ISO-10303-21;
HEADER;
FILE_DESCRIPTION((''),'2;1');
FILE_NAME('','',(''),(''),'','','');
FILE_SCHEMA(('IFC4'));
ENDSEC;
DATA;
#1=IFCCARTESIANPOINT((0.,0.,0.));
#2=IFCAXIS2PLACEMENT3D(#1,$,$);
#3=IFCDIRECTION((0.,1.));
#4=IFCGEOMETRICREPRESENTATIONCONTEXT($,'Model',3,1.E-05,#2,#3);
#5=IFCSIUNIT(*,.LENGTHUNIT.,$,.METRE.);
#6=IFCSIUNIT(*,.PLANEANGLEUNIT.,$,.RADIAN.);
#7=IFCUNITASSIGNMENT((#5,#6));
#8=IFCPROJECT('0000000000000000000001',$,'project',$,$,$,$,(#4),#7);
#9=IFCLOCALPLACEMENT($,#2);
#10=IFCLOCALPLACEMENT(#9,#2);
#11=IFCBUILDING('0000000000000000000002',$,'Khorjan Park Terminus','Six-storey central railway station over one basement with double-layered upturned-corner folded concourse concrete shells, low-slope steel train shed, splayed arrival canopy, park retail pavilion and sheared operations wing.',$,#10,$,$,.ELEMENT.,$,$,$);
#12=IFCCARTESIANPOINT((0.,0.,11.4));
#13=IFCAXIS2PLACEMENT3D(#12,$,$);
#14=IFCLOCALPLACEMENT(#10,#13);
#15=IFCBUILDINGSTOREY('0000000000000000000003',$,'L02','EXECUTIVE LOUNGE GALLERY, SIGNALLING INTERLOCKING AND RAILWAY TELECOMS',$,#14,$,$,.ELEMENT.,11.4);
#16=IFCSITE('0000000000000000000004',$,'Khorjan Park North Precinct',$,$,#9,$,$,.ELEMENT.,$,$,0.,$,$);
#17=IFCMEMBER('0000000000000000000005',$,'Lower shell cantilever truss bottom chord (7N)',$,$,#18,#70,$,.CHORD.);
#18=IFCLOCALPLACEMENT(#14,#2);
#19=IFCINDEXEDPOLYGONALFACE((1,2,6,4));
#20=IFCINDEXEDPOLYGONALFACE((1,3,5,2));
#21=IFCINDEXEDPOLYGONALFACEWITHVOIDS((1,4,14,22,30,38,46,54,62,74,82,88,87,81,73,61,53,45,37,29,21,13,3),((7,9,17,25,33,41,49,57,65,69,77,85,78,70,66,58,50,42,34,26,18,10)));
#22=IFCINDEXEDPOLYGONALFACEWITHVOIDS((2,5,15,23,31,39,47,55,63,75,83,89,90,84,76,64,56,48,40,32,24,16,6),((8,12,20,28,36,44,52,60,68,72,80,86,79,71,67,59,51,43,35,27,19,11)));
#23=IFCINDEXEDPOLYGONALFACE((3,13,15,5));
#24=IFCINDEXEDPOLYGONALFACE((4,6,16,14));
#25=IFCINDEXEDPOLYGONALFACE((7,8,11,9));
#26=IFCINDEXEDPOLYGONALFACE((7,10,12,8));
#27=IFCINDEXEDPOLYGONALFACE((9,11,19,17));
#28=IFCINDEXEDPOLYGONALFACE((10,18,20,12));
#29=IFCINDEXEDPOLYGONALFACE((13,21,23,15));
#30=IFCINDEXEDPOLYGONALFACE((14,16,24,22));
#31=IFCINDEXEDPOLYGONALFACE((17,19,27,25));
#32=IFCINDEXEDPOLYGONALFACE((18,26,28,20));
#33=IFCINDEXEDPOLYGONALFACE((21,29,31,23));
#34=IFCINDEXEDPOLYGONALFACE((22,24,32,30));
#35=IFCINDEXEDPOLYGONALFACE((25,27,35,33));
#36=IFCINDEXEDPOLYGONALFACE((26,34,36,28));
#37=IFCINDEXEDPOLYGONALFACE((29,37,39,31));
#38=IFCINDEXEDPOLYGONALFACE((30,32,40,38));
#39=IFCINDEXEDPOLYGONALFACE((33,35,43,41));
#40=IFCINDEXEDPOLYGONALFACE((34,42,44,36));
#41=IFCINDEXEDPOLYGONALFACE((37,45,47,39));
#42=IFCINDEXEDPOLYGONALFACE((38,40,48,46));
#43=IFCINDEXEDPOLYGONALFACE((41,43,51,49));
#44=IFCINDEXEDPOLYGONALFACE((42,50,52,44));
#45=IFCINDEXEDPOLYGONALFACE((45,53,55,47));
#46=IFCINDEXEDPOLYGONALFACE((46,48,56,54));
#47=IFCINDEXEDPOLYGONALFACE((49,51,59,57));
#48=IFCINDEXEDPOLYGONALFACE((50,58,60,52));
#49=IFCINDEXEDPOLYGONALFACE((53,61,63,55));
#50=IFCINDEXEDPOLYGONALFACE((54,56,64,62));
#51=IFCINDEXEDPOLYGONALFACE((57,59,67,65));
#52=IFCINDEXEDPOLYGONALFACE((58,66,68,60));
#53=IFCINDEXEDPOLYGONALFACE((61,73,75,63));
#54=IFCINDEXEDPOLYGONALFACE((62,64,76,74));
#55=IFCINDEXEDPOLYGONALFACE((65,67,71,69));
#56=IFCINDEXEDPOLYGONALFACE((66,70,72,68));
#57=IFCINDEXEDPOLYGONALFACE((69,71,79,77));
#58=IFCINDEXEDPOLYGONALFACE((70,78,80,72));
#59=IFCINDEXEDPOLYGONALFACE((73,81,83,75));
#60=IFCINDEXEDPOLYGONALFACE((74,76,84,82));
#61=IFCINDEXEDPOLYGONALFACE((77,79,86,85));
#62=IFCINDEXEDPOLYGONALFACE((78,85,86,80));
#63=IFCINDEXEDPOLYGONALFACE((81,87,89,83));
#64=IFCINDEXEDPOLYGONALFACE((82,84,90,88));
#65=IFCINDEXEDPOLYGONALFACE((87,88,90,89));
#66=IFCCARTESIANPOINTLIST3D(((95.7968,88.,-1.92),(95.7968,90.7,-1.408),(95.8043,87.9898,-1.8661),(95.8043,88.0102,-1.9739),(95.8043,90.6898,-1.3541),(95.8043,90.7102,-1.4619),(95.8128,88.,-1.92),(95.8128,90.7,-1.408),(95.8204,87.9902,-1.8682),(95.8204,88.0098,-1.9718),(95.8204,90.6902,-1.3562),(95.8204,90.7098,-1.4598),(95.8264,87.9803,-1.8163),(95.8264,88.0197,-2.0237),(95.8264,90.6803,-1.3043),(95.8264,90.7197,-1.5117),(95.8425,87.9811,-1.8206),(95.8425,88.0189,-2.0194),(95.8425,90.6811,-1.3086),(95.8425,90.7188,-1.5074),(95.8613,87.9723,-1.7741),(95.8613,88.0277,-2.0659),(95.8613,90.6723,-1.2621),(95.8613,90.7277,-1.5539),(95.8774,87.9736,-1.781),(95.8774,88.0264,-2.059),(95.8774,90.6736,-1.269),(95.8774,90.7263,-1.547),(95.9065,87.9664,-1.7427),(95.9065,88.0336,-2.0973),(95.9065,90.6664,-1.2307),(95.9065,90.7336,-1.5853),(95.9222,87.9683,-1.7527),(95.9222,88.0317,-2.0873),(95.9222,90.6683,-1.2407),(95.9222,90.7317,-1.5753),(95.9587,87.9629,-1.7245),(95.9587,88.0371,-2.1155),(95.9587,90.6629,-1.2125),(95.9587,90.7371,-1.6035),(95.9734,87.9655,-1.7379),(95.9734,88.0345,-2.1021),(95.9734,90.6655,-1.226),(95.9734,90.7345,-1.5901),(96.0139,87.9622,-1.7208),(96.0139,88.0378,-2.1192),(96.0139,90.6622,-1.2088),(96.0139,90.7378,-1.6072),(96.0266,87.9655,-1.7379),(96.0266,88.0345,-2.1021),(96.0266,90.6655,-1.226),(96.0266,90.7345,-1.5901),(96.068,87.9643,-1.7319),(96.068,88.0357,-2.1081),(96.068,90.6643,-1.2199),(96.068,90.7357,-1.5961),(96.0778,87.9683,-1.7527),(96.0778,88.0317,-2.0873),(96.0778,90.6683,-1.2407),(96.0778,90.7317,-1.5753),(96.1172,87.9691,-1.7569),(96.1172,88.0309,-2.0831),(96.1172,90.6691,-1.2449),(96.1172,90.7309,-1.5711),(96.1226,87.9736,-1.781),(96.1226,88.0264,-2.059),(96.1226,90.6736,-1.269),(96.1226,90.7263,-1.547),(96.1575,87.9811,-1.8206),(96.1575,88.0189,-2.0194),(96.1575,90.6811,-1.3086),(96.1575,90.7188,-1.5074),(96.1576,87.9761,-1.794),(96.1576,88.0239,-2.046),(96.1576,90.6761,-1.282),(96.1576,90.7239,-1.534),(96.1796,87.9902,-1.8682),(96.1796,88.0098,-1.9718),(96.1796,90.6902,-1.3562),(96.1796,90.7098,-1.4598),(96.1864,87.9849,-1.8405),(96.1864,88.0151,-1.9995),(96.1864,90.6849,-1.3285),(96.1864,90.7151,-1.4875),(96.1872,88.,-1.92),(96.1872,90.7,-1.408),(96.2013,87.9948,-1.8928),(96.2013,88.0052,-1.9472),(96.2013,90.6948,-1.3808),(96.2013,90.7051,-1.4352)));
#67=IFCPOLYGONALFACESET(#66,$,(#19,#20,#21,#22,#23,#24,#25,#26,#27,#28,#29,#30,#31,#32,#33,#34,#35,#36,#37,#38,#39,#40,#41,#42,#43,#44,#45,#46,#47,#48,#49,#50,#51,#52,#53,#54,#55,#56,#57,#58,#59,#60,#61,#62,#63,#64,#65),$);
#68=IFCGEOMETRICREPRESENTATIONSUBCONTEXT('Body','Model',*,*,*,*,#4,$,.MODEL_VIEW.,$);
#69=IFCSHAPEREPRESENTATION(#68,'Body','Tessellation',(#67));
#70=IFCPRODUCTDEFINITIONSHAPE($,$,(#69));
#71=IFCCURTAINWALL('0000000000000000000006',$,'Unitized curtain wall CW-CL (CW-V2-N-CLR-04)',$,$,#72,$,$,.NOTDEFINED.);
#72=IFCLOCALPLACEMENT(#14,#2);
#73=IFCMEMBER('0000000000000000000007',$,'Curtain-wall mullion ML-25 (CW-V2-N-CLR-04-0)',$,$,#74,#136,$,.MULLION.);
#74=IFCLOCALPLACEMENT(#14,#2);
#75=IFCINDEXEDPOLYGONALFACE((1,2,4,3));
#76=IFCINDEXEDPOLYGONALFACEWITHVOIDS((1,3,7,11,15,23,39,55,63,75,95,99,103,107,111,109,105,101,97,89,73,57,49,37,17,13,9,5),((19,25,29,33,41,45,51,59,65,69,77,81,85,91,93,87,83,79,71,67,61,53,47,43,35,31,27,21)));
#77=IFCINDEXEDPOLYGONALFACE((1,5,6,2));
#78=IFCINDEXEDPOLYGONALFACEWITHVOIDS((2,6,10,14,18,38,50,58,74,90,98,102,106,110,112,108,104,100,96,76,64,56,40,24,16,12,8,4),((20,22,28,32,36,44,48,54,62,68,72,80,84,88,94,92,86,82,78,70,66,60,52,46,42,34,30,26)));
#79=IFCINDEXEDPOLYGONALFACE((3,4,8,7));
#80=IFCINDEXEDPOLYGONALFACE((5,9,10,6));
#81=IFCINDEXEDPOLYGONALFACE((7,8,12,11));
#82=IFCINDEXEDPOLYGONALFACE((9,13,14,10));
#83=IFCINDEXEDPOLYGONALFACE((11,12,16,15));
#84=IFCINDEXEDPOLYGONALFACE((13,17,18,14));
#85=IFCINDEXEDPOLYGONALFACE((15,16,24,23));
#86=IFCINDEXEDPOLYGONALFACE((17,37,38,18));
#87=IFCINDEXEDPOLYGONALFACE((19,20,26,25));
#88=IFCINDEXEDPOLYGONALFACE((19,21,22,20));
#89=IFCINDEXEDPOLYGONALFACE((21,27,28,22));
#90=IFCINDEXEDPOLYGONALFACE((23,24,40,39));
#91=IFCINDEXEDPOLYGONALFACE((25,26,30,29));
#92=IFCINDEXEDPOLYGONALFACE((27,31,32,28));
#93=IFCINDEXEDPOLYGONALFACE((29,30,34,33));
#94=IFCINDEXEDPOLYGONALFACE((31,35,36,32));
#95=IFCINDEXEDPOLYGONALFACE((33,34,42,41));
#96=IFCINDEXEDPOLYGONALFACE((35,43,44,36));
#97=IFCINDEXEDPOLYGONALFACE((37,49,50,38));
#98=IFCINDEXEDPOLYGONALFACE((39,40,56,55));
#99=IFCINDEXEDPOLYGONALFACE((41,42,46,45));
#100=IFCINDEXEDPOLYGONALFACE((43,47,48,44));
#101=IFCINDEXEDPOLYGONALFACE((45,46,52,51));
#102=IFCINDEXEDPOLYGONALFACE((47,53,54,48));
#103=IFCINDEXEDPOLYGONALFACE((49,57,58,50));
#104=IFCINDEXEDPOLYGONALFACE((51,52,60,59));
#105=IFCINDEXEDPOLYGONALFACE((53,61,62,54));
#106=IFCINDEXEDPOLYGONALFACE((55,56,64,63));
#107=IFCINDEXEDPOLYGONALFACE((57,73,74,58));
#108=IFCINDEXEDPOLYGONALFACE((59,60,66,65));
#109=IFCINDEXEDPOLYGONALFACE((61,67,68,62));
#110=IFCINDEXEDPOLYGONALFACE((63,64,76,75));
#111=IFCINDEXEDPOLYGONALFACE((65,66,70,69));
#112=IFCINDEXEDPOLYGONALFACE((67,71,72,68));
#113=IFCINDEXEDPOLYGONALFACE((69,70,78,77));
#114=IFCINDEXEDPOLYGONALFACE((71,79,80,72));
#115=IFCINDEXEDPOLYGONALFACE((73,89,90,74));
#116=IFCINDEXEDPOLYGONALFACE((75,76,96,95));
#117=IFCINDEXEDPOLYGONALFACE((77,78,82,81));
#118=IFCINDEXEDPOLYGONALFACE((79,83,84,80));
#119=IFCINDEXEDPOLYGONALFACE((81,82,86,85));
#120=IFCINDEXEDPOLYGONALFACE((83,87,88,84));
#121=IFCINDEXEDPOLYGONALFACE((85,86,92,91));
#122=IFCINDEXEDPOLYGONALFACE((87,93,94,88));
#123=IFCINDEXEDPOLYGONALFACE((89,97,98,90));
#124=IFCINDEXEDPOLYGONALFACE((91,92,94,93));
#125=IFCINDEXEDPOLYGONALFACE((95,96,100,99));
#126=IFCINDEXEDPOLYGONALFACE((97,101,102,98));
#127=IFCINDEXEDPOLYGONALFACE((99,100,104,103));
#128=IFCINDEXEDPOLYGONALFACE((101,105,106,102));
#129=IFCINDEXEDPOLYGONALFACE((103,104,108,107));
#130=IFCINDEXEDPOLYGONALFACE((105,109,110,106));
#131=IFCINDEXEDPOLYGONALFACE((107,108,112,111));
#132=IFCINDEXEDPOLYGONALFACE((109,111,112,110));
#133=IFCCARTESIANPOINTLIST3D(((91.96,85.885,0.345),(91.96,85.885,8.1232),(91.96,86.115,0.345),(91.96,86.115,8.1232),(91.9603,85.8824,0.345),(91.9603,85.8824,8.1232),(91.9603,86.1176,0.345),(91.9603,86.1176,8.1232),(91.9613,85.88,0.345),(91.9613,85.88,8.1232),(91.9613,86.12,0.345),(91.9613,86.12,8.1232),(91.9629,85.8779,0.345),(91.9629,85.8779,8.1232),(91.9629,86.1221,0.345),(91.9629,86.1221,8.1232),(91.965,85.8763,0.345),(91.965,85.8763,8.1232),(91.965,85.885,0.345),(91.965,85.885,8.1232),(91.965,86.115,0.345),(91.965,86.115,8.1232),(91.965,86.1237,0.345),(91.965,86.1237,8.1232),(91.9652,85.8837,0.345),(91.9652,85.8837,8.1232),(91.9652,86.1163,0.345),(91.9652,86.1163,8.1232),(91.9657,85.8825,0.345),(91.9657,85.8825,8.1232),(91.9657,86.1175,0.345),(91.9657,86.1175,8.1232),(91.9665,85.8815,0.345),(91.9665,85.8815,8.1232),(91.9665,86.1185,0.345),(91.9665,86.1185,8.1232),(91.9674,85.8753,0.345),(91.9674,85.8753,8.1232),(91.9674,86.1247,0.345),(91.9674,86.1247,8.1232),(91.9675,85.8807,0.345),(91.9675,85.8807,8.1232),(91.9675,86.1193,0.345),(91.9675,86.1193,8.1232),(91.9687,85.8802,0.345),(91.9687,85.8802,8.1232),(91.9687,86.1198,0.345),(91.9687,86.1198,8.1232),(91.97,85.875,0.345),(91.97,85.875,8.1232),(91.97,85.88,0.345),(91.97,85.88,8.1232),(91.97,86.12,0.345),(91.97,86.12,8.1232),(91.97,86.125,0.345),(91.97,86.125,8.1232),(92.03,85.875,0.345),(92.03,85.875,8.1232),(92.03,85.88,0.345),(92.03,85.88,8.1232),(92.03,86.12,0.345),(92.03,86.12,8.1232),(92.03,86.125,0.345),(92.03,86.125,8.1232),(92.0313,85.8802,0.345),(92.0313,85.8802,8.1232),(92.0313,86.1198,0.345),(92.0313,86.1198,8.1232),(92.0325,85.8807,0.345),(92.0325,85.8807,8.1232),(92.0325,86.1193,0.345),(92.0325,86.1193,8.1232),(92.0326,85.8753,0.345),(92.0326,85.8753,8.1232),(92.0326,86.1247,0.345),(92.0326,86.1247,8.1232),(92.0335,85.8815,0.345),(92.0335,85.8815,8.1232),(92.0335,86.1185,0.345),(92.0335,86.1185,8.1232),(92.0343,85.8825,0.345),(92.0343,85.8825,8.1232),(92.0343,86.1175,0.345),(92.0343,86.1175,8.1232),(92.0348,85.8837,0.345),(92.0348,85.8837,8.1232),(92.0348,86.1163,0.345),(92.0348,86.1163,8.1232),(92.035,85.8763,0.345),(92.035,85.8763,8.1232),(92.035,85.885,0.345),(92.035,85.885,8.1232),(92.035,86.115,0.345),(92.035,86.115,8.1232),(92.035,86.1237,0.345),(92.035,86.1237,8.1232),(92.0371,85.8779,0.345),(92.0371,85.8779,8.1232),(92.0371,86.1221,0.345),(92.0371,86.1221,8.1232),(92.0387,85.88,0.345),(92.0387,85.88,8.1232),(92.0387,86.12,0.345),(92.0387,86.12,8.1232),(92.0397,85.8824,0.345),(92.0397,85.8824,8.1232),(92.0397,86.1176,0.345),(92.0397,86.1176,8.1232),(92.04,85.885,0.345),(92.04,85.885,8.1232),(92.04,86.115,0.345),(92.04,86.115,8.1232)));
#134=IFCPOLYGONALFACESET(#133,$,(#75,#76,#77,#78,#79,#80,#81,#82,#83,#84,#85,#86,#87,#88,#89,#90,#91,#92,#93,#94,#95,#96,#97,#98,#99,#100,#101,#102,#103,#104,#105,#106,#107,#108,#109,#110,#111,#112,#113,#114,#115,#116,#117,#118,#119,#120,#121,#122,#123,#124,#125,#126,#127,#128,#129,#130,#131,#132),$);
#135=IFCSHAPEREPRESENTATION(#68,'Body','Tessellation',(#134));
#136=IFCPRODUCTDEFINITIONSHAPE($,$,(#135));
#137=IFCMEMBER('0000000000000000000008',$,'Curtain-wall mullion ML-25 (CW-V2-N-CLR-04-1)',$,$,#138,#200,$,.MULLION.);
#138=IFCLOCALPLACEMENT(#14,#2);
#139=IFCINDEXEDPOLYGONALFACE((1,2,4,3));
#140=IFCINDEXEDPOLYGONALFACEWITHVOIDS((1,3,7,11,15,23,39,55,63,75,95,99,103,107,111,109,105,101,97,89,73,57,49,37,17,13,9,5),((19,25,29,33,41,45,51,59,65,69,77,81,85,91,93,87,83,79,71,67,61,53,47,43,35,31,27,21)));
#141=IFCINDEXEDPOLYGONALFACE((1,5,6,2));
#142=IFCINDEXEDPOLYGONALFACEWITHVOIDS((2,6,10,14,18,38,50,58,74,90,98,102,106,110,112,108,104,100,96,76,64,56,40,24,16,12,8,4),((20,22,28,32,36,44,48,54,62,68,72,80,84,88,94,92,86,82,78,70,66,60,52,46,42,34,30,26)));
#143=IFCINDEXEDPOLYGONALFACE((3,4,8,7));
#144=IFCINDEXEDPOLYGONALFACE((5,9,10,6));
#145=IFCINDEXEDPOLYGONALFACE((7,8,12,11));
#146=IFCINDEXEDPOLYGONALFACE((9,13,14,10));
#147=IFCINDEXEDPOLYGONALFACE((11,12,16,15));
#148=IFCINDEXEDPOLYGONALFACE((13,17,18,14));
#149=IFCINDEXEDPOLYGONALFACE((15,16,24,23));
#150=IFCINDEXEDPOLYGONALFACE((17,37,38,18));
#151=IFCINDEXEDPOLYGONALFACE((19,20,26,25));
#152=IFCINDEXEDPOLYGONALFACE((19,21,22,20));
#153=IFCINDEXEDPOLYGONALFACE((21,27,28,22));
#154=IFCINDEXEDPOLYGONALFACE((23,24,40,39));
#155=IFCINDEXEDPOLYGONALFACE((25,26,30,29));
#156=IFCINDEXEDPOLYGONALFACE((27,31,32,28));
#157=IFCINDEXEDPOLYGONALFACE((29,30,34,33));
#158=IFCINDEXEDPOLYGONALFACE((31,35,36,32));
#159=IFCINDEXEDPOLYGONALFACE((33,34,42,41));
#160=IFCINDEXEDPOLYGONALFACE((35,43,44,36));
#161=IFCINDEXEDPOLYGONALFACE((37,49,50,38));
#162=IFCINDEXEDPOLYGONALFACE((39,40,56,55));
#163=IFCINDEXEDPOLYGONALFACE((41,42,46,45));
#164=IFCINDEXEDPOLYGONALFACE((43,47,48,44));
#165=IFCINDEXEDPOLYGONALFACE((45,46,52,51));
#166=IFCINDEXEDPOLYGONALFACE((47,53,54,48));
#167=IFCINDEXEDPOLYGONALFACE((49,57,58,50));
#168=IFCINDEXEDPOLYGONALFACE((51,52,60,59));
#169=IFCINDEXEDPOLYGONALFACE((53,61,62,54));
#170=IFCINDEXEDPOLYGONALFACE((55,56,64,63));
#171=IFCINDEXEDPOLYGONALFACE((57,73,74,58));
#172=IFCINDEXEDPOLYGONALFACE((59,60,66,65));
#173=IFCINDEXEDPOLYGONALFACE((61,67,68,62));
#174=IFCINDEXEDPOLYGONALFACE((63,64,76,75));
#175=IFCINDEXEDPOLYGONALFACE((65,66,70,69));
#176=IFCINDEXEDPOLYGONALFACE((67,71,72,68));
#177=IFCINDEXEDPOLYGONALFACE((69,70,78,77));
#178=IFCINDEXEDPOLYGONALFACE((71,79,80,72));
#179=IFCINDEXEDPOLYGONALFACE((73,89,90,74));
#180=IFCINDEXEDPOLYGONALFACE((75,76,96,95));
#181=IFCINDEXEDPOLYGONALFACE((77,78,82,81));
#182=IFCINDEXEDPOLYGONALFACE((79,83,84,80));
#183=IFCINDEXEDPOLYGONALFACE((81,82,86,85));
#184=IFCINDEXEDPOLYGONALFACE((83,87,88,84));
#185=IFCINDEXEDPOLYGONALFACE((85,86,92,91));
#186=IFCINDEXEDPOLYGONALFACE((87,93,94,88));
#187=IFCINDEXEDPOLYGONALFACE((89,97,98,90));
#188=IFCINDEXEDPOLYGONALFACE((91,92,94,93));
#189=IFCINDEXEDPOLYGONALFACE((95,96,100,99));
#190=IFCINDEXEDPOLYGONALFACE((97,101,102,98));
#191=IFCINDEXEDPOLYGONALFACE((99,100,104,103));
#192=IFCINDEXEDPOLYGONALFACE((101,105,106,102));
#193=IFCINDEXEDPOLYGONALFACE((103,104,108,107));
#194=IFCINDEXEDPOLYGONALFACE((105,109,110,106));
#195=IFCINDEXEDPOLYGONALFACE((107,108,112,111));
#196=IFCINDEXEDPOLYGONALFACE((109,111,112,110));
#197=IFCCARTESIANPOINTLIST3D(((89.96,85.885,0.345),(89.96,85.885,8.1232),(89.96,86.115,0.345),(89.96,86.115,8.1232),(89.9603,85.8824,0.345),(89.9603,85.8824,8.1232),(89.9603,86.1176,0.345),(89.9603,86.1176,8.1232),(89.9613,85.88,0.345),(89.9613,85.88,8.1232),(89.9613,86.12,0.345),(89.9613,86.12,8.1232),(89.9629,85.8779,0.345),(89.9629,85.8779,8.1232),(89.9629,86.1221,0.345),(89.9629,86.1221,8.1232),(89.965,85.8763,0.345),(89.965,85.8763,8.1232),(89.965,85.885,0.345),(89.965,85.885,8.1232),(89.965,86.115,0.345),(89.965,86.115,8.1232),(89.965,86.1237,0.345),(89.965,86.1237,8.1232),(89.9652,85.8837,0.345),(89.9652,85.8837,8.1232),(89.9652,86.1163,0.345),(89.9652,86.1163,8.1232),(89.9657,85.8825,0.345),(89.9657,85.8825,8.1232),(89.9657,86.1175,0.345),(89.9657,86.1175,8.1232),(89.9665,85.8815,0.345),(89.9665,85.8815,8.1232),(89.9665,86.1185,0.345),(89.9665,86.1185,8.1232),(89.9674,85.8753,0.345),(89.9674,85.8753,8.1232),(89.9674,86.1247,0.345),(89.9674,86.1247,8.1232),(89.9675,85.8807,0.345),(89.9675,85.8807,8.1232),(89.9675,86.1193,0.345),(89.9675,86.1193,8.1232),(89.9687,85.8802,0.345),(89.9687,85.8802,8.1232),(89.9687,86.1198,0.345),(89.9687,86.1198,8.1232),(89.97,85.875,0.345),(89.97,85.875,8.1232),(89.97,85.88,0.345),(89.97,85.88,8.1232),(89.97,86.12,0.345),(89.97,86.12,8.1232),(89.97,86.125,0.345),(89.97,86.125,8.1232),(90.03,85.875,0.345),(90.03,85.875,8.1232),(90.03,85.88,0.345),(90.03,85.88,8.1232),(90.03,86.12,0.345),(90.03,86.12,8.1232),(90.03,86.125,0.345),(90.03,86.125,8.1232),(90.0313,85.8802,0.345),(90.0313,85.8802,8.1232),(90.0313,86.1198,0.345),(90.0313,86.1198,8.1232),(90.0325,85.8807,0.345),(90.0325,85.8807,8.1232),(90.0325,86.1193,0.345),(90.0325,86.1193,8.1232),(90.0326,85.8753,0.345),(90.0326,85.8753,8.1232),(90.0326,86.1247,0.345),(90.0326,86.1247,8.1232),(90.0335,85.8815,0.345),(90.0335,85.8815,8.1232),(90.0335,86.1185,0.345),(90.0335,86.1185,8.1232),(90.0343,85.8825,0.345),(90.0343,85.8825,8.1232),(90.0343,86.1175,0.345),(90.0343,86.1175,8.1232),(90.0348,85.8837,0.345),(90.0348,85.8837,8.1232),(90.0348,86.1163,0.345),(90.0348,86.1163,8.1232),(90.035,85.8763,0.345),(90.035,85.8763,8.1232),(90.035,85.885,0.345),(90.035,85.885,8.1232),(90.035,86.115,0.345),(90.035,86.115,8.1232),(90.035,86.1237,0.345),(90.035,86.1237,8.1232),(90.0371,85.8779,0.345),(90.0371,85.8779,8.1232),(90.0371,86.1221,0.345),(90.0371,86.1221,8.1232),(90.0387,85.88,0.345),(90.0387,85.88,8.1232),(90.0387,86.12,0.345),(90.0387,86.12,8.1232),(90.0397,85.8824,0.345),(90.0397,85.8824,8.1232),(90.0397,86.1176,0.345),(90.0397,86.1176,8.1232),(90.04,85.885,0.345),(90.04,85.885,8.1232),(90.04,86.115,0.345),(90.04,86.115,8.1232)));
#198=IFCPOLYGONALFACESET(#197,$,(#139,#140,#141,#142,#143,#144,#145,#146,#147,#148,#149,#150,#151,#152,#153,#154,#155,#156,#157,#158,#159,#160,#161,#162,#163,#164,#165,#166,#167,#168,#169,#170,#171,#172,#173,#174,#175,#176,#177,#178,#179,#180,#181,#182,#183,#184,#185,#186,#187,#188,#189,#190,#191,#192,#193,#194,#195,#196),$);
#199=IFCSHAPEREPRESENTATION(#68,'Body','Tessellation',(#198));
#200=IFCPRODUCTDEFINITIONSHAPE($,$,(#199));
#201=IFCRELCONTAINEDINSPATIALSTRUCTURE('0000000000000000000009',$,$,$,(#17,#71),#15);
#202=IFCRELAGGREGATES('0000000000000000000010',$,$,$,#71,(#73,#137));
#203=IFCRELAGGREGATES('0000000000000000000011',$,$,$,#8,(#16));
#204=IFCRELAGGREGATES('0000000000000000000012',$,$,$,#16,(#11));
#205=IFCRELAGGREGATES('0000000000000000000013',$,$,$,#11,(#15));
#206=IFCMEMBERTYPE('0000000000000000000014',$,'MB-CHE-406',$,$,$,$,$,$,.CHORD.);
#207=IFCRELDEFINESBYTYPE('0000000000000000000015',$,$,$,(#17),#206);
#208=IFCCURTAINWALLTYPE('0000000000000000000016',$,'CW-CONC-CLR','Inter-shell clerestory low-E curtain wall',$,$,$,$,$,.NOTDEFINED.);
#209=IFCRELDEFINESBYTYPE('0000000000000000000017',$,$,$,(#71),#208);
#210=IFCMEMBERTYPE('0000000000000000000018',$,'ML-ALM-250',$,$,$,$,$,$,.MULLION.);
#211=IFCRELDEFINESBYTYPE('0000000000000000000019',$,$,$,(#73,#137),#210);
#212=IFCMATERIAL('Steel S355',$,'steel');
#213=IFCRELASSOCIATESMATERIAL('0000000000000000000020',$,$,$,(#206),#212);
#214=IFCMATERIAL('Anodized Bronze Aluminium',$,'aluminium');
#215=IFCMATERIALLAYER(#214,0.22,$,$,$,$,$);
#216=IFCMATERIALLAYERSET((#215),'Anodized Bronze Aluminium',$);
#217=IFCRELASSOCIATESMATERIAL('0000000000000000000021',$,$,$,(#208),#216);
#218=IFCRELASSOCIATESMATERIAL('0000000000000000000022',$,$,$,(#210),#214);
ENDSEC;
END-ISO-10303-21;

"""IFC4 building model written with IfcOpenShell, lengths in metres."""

from ifc_helpers import new_model, si_unit, direction, frame, origin, origin_2d, place, context, subcontext, project, spatial, hollow_rectangle, hollow_circle, extrude, material, layer, layer_set, material_profile, profile_set, type_object, element, aggregate, save


model = new_model("IFC4")

# Units and contexts
model_context = context("Model", 3, precision=1e-05, world=origin(), true_north=direction((0.0, 1.0)))
body_context = subcontext(model_context, "Body", "Model", "MODEL_VIEW")
ifc_project = project(units=[si_unit("LENGTHUNIT", "METRE"), si_unit("PLANEANGLEUNIT", "RADIAN")], contexts=[model_context])

# Site, building, storey
site_placement = place(None, origin())
site = spatial("IfcSite", under=ifc_project, at=site_placement, Name="Khorjan Park North Precinct", CompositionType="ELEMENT", RefElevation=0.0)
building_placement = place(site_placement, origin())
building = spatial("IfcBuilding", under=site, at=building_placement, Name="Khorjan Park Terminus", Description="Six-storey central railway station over one basement with double-layered upturned-corner folded concourse concrete shells, low-slope steel train shed, splayed arrival canopy, park retail pavilion and sheared operations wing.", CompositionType="ELEMENT")
storey_placement = place(building_placement, frame((0.0, 0.0, 11.4)))
storey = spatial("IfcBuildingStorey", under=building, at=storey_placement, Name="L02", Description="EXECUTIVE LOUNGE GALLERY, SIGNALLING INTERLOCKING AND RAILWAY TELECOMS", CompositionType="ELEMENT", Elevation=11.4)

# Member
ifc_material_1 = material(Name="Steel S355", Category="steel")
ifc_material_profile_1 = material_profile(ifc_material_1, hollow_circle(Radius=0.2032, WallThickness=0.016, at=origin_2d()), Name="CHS 406.4x16")
ifc_profile_set_1 = profile_set([ifc_material_profile_1], Name="Steel S355")
member_type_1 = type_object("IfcMemberType", Name="MB-CHE-406", PredefinedType="CHORD", material=ifc_profile_set_1)
member_1_placement = place(storey_placement, frame((96.0, 88.0, -1.92), z_axis=(0.0, 0.982491, 0.186309), x_axis=(-1.0, 0.0, 0.0)))
element("IfcMember", 1, at=member_1_placement, inside=storey, type_object=member_type_1, Name="Lower shell cantilever truss bottom chord (7N)", PredefinedType="CHORD", context=body_context, shape_type="SweptSolid", body=[
    extrude(hollow_circle(Radius=0.2032, WallThickness=0.016, at=origin_2d()), origin(), (0.0, 0.0, 1.0), 2.7481),
])

# Curtain wall, members
ifc_material_2 = material(Name="Anodized Bronze Aluminium", Category="aluminium")
ifc_layer_1 = layer(ifc_material_2, 0.22)
ifc_layer_set_1 = layer_set([ifc_layer_1], Name="Anodized Bronze Aluminium")
curtain_wall_type = type_object("IfcCurtainWallType", Name="CW-CONC-CLR", Description="Inter-shell clerestory low-E curtain wall", PredefinedType="NOTDEFINED", material=ifc_layer_set_1)
curtain_wall_1_placement = place(storey_placement, origin())
curtain_wall_1 = element("IfcCurtainWall", 2, at=curtain_wall_1_placement, inside=storey, type_object=curtain_wall_type, Name="Unitized curtain wall CW-CL (CW-V2-N-CLR-04)", PredefinedType="NOTDEFINED")
ifc_material_profile_2 = material_profile(ifc_material_2, hollow_rectangle(XDim=0.08, YDim=0.25, WallThickness=0.005, InnerFilletRadius=0.005, OuterFilletRadius=0.01, at=origin_2d()), Name="ALM 80x250x5")
ifc_profile_set_2 = profile_set([ifc_material_profile_2], Name="Anodized Bronze Aluminium")
member_type_2 = type_object("IfcMemberType", Name="ML-ALM-250", PredefinedType="MULLION", material=ifc_profile_set_2)
member_2_placement = place(storey_placement, frame((92.0, 86.0, 0.345), z_axis=(0.0, 0.0, 1.0), x_axis=(-1.0, 0.0, 0.0)))
member_2 = element("IfcMember", 3, at=member_2_placement, type_object=member_type_2, Name="Curtain-wall mullion ML-25 (CW-V2-N-CLR-04-0)", PredefinedType="MULLION", context=body_context, shape_type="SweptSolid", body=[
    extrude(hollow_rectangle(XDim=0.08, YDim=0.25, WallThickness=0.005, InnerFilletRadius=0.005, OuterFilletRadius=0.01, at=origin_2d()), origin(), (0.0, 0.0, 1.0), 7.7782),
])
member_3_placement = place(storey_placement, frame((90.0, 86.0, 0.345), z_axis=(0.0, 0.0, 1.0), x_axis=(-1.0, 0.0, 0.0)))
member_3 = element("IfcMember", 4, at=member_3_placement, type_object=member_type_2, Name="Curtain-wall mullion ML-25 (CW-V2-N-CLR-04-1)", PredefinedType="MULLION", context=body_context, shape_type="SweptSolid", body=[
    extrude(hollow_rectangle(XDim=0.08, YDim=0.25, WallThickness=0.005, InnerFilletRadius=0.005, OuterFilletRadius=0.01, at=origin_2d()), origin(), (0.0, 0.0, 1.0), 7.7782),
])

aggregate(curtain_wall_1, [member_2, member_3])

save(model, "model.ifc")
